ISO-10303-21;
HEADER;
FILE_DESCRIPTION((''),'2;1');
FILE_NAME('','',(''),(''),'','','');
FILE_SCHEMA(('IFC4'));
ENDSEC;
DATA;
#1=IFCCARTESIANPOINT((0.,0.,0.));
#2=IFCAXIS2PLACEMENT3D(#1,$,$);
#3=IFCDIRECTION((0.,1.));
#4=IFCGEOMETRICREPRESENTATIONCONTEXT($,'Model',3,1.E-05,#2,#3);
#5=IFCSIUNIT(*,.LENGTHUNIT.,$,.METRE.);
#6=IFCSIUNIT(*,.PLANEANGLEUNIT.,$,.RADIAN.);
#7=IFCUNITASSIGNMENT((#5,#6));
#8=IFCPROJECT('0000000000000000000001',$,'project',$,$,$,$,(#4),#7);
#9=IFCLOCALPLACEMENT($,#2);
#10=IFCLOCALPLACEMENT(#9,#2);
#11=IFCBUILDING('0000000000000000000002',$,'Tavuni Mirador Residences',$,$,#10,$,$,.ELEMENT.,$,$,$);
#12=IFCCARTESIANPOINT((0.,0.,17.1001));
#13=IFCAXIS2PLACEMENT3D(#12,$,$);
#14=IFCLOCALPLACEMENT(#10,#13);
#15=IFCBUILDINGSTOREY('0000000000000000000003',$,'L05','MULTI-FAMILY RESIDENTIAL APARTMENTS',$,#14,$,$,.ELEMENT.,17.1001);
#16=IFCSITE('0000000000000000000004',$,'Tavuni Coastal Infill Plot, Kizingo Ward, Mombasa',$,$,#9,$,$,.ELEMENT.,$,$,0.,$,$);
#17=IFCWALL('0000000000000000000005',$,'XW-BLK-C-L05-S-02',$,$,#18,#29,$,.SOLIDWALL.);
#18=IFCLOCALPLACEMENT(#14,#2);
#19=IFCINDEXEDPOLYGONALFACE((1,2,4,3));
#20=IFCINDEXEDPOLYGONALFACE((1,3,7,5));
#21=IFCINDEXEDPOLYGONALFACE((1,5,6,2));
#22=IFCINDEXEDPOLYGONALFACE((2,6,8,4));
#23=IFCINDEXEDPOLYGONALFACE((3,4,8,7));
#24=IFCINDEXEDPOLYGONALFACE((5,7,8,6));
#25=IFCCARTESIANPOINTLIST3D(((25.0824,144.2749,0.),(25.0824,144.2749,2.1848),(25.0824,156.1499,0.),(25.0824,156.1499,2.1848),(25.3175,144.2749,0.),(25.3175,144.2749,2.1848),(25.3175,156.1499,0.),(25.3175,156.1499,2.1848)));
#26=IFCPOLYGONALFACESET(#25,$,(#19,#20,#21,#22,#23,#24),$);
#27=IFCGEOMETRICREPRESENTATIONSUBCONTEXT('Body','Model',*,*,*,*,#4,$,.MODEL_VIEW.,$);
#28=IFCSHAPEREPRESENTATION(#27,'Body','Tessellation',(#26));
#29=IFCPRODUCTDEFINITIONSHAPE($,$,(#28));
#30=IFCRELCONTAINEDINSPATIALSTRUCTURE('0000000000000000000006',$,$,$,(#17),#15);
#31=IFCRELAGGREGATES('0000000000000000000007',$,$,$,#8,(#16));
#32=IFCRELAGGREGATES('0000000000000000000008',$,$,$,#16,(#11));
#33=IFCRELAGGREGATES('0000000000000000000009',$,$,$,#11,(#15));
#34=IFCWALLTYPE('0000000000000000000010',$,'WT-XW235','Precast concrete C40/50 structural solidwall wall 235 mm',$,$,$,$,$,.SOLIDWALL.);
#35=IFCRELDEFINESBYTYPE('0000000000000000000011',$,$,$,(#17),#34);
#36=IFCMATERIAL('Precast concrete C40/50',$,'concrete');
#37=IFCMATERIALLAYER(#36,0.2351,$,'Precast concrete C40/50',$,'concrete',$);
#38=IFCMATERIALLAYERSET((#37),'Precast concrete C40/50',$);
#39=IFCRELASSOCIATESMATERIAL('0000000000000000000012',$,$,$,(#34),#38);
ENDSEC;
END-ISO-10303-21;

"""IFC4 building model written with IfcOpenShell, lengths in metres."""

from ifc_helpers import new_model, si_unit, direction, frame, frame_2d, origin, place, context, subcontext, project, spatial, rectangle, extrude, material, layer, layer_set, type_object, element, save


model = new_model("IFC4")

# Units and contexts
model_context = context("Model", 3, precision=1e-05, world=origin(), true_north=direction((0.0, 1.0)))
body_context = subcontext(model_context, "Body", "Model", "MODEL_VIEW")
ifc_project = project(units=[si_unit("LENGTHUNIT", "METRE"), si_unit("PLANEANGLEUNIT", "RADIAN")], contexts=[model_context])

# Site, building, storey
site_placement = place(None, origin())
site = spatial("IfcSite", under=ifc_project, at=site_placement, Name="Tavuni Coastal Infill Plot, Kizingo Ward, Mombasa", CompositionType="ELEMENT", RefElevation=0.0)
building_placement = place(site_placement, origin())
building = spatial("IfcBuilding", under=site, at=building_placement, Name="Tavuni Mirador Residences", CompositionType="ELEMENT")
storey_placement = place(building_placement, frame((0.0, 0.0, 17.1001)))
storey = spatial("IfcBuildingStorey", under=building, at=storey_placement, Name="L05", Description="MULTI-FAMILY RESIDENTIAL APARTMENTS", CompositionType="ELEMENT", Elevation=17.1001)

# Shared definitions
ifc_material_1 = material(Name="Precast concrete C40/50", Category="concrete")

# Wall
ifc_layer_1 = layer(ifc_material_1, 0.2351, Name="Precast concrete C40/50", Category="concrete")
ifc_layer_set_1 = layer_set([ifc_layer_1], Name="Precast concrete C40/50")
wall_type_1 = type_object("IfcWallType", Name="WT-XW235", Description="Precast concrete C40/50 structural solidwall wall 235 mm", PredefinedType="SOLIDWALL", material=ifc_layer_set_1)
wall_1_placement = place(storey_placement, frame((25.2, 144.2749, 0.0), z_axis=(0.0, 0.0, 1.0), x_axis=(0.0, 1.0, 0.0)))
element("IfcWall", 1, at=wall_1_placement, inside=storey, type_object=wall_type_1, Name="XW-BLK-C-L05-S-02", PredefinedType="SOLIDWALL", context=body_context, shape_type="SweptSolid", body=[
    extrude(rectangle(XDim=11.875, YDim=0.2351, at=frame_2d((5.9375, 0.0))), origin(), (0.0, 0.0, 1.0), 2.1848),
])

save(model, "model.ifc")
